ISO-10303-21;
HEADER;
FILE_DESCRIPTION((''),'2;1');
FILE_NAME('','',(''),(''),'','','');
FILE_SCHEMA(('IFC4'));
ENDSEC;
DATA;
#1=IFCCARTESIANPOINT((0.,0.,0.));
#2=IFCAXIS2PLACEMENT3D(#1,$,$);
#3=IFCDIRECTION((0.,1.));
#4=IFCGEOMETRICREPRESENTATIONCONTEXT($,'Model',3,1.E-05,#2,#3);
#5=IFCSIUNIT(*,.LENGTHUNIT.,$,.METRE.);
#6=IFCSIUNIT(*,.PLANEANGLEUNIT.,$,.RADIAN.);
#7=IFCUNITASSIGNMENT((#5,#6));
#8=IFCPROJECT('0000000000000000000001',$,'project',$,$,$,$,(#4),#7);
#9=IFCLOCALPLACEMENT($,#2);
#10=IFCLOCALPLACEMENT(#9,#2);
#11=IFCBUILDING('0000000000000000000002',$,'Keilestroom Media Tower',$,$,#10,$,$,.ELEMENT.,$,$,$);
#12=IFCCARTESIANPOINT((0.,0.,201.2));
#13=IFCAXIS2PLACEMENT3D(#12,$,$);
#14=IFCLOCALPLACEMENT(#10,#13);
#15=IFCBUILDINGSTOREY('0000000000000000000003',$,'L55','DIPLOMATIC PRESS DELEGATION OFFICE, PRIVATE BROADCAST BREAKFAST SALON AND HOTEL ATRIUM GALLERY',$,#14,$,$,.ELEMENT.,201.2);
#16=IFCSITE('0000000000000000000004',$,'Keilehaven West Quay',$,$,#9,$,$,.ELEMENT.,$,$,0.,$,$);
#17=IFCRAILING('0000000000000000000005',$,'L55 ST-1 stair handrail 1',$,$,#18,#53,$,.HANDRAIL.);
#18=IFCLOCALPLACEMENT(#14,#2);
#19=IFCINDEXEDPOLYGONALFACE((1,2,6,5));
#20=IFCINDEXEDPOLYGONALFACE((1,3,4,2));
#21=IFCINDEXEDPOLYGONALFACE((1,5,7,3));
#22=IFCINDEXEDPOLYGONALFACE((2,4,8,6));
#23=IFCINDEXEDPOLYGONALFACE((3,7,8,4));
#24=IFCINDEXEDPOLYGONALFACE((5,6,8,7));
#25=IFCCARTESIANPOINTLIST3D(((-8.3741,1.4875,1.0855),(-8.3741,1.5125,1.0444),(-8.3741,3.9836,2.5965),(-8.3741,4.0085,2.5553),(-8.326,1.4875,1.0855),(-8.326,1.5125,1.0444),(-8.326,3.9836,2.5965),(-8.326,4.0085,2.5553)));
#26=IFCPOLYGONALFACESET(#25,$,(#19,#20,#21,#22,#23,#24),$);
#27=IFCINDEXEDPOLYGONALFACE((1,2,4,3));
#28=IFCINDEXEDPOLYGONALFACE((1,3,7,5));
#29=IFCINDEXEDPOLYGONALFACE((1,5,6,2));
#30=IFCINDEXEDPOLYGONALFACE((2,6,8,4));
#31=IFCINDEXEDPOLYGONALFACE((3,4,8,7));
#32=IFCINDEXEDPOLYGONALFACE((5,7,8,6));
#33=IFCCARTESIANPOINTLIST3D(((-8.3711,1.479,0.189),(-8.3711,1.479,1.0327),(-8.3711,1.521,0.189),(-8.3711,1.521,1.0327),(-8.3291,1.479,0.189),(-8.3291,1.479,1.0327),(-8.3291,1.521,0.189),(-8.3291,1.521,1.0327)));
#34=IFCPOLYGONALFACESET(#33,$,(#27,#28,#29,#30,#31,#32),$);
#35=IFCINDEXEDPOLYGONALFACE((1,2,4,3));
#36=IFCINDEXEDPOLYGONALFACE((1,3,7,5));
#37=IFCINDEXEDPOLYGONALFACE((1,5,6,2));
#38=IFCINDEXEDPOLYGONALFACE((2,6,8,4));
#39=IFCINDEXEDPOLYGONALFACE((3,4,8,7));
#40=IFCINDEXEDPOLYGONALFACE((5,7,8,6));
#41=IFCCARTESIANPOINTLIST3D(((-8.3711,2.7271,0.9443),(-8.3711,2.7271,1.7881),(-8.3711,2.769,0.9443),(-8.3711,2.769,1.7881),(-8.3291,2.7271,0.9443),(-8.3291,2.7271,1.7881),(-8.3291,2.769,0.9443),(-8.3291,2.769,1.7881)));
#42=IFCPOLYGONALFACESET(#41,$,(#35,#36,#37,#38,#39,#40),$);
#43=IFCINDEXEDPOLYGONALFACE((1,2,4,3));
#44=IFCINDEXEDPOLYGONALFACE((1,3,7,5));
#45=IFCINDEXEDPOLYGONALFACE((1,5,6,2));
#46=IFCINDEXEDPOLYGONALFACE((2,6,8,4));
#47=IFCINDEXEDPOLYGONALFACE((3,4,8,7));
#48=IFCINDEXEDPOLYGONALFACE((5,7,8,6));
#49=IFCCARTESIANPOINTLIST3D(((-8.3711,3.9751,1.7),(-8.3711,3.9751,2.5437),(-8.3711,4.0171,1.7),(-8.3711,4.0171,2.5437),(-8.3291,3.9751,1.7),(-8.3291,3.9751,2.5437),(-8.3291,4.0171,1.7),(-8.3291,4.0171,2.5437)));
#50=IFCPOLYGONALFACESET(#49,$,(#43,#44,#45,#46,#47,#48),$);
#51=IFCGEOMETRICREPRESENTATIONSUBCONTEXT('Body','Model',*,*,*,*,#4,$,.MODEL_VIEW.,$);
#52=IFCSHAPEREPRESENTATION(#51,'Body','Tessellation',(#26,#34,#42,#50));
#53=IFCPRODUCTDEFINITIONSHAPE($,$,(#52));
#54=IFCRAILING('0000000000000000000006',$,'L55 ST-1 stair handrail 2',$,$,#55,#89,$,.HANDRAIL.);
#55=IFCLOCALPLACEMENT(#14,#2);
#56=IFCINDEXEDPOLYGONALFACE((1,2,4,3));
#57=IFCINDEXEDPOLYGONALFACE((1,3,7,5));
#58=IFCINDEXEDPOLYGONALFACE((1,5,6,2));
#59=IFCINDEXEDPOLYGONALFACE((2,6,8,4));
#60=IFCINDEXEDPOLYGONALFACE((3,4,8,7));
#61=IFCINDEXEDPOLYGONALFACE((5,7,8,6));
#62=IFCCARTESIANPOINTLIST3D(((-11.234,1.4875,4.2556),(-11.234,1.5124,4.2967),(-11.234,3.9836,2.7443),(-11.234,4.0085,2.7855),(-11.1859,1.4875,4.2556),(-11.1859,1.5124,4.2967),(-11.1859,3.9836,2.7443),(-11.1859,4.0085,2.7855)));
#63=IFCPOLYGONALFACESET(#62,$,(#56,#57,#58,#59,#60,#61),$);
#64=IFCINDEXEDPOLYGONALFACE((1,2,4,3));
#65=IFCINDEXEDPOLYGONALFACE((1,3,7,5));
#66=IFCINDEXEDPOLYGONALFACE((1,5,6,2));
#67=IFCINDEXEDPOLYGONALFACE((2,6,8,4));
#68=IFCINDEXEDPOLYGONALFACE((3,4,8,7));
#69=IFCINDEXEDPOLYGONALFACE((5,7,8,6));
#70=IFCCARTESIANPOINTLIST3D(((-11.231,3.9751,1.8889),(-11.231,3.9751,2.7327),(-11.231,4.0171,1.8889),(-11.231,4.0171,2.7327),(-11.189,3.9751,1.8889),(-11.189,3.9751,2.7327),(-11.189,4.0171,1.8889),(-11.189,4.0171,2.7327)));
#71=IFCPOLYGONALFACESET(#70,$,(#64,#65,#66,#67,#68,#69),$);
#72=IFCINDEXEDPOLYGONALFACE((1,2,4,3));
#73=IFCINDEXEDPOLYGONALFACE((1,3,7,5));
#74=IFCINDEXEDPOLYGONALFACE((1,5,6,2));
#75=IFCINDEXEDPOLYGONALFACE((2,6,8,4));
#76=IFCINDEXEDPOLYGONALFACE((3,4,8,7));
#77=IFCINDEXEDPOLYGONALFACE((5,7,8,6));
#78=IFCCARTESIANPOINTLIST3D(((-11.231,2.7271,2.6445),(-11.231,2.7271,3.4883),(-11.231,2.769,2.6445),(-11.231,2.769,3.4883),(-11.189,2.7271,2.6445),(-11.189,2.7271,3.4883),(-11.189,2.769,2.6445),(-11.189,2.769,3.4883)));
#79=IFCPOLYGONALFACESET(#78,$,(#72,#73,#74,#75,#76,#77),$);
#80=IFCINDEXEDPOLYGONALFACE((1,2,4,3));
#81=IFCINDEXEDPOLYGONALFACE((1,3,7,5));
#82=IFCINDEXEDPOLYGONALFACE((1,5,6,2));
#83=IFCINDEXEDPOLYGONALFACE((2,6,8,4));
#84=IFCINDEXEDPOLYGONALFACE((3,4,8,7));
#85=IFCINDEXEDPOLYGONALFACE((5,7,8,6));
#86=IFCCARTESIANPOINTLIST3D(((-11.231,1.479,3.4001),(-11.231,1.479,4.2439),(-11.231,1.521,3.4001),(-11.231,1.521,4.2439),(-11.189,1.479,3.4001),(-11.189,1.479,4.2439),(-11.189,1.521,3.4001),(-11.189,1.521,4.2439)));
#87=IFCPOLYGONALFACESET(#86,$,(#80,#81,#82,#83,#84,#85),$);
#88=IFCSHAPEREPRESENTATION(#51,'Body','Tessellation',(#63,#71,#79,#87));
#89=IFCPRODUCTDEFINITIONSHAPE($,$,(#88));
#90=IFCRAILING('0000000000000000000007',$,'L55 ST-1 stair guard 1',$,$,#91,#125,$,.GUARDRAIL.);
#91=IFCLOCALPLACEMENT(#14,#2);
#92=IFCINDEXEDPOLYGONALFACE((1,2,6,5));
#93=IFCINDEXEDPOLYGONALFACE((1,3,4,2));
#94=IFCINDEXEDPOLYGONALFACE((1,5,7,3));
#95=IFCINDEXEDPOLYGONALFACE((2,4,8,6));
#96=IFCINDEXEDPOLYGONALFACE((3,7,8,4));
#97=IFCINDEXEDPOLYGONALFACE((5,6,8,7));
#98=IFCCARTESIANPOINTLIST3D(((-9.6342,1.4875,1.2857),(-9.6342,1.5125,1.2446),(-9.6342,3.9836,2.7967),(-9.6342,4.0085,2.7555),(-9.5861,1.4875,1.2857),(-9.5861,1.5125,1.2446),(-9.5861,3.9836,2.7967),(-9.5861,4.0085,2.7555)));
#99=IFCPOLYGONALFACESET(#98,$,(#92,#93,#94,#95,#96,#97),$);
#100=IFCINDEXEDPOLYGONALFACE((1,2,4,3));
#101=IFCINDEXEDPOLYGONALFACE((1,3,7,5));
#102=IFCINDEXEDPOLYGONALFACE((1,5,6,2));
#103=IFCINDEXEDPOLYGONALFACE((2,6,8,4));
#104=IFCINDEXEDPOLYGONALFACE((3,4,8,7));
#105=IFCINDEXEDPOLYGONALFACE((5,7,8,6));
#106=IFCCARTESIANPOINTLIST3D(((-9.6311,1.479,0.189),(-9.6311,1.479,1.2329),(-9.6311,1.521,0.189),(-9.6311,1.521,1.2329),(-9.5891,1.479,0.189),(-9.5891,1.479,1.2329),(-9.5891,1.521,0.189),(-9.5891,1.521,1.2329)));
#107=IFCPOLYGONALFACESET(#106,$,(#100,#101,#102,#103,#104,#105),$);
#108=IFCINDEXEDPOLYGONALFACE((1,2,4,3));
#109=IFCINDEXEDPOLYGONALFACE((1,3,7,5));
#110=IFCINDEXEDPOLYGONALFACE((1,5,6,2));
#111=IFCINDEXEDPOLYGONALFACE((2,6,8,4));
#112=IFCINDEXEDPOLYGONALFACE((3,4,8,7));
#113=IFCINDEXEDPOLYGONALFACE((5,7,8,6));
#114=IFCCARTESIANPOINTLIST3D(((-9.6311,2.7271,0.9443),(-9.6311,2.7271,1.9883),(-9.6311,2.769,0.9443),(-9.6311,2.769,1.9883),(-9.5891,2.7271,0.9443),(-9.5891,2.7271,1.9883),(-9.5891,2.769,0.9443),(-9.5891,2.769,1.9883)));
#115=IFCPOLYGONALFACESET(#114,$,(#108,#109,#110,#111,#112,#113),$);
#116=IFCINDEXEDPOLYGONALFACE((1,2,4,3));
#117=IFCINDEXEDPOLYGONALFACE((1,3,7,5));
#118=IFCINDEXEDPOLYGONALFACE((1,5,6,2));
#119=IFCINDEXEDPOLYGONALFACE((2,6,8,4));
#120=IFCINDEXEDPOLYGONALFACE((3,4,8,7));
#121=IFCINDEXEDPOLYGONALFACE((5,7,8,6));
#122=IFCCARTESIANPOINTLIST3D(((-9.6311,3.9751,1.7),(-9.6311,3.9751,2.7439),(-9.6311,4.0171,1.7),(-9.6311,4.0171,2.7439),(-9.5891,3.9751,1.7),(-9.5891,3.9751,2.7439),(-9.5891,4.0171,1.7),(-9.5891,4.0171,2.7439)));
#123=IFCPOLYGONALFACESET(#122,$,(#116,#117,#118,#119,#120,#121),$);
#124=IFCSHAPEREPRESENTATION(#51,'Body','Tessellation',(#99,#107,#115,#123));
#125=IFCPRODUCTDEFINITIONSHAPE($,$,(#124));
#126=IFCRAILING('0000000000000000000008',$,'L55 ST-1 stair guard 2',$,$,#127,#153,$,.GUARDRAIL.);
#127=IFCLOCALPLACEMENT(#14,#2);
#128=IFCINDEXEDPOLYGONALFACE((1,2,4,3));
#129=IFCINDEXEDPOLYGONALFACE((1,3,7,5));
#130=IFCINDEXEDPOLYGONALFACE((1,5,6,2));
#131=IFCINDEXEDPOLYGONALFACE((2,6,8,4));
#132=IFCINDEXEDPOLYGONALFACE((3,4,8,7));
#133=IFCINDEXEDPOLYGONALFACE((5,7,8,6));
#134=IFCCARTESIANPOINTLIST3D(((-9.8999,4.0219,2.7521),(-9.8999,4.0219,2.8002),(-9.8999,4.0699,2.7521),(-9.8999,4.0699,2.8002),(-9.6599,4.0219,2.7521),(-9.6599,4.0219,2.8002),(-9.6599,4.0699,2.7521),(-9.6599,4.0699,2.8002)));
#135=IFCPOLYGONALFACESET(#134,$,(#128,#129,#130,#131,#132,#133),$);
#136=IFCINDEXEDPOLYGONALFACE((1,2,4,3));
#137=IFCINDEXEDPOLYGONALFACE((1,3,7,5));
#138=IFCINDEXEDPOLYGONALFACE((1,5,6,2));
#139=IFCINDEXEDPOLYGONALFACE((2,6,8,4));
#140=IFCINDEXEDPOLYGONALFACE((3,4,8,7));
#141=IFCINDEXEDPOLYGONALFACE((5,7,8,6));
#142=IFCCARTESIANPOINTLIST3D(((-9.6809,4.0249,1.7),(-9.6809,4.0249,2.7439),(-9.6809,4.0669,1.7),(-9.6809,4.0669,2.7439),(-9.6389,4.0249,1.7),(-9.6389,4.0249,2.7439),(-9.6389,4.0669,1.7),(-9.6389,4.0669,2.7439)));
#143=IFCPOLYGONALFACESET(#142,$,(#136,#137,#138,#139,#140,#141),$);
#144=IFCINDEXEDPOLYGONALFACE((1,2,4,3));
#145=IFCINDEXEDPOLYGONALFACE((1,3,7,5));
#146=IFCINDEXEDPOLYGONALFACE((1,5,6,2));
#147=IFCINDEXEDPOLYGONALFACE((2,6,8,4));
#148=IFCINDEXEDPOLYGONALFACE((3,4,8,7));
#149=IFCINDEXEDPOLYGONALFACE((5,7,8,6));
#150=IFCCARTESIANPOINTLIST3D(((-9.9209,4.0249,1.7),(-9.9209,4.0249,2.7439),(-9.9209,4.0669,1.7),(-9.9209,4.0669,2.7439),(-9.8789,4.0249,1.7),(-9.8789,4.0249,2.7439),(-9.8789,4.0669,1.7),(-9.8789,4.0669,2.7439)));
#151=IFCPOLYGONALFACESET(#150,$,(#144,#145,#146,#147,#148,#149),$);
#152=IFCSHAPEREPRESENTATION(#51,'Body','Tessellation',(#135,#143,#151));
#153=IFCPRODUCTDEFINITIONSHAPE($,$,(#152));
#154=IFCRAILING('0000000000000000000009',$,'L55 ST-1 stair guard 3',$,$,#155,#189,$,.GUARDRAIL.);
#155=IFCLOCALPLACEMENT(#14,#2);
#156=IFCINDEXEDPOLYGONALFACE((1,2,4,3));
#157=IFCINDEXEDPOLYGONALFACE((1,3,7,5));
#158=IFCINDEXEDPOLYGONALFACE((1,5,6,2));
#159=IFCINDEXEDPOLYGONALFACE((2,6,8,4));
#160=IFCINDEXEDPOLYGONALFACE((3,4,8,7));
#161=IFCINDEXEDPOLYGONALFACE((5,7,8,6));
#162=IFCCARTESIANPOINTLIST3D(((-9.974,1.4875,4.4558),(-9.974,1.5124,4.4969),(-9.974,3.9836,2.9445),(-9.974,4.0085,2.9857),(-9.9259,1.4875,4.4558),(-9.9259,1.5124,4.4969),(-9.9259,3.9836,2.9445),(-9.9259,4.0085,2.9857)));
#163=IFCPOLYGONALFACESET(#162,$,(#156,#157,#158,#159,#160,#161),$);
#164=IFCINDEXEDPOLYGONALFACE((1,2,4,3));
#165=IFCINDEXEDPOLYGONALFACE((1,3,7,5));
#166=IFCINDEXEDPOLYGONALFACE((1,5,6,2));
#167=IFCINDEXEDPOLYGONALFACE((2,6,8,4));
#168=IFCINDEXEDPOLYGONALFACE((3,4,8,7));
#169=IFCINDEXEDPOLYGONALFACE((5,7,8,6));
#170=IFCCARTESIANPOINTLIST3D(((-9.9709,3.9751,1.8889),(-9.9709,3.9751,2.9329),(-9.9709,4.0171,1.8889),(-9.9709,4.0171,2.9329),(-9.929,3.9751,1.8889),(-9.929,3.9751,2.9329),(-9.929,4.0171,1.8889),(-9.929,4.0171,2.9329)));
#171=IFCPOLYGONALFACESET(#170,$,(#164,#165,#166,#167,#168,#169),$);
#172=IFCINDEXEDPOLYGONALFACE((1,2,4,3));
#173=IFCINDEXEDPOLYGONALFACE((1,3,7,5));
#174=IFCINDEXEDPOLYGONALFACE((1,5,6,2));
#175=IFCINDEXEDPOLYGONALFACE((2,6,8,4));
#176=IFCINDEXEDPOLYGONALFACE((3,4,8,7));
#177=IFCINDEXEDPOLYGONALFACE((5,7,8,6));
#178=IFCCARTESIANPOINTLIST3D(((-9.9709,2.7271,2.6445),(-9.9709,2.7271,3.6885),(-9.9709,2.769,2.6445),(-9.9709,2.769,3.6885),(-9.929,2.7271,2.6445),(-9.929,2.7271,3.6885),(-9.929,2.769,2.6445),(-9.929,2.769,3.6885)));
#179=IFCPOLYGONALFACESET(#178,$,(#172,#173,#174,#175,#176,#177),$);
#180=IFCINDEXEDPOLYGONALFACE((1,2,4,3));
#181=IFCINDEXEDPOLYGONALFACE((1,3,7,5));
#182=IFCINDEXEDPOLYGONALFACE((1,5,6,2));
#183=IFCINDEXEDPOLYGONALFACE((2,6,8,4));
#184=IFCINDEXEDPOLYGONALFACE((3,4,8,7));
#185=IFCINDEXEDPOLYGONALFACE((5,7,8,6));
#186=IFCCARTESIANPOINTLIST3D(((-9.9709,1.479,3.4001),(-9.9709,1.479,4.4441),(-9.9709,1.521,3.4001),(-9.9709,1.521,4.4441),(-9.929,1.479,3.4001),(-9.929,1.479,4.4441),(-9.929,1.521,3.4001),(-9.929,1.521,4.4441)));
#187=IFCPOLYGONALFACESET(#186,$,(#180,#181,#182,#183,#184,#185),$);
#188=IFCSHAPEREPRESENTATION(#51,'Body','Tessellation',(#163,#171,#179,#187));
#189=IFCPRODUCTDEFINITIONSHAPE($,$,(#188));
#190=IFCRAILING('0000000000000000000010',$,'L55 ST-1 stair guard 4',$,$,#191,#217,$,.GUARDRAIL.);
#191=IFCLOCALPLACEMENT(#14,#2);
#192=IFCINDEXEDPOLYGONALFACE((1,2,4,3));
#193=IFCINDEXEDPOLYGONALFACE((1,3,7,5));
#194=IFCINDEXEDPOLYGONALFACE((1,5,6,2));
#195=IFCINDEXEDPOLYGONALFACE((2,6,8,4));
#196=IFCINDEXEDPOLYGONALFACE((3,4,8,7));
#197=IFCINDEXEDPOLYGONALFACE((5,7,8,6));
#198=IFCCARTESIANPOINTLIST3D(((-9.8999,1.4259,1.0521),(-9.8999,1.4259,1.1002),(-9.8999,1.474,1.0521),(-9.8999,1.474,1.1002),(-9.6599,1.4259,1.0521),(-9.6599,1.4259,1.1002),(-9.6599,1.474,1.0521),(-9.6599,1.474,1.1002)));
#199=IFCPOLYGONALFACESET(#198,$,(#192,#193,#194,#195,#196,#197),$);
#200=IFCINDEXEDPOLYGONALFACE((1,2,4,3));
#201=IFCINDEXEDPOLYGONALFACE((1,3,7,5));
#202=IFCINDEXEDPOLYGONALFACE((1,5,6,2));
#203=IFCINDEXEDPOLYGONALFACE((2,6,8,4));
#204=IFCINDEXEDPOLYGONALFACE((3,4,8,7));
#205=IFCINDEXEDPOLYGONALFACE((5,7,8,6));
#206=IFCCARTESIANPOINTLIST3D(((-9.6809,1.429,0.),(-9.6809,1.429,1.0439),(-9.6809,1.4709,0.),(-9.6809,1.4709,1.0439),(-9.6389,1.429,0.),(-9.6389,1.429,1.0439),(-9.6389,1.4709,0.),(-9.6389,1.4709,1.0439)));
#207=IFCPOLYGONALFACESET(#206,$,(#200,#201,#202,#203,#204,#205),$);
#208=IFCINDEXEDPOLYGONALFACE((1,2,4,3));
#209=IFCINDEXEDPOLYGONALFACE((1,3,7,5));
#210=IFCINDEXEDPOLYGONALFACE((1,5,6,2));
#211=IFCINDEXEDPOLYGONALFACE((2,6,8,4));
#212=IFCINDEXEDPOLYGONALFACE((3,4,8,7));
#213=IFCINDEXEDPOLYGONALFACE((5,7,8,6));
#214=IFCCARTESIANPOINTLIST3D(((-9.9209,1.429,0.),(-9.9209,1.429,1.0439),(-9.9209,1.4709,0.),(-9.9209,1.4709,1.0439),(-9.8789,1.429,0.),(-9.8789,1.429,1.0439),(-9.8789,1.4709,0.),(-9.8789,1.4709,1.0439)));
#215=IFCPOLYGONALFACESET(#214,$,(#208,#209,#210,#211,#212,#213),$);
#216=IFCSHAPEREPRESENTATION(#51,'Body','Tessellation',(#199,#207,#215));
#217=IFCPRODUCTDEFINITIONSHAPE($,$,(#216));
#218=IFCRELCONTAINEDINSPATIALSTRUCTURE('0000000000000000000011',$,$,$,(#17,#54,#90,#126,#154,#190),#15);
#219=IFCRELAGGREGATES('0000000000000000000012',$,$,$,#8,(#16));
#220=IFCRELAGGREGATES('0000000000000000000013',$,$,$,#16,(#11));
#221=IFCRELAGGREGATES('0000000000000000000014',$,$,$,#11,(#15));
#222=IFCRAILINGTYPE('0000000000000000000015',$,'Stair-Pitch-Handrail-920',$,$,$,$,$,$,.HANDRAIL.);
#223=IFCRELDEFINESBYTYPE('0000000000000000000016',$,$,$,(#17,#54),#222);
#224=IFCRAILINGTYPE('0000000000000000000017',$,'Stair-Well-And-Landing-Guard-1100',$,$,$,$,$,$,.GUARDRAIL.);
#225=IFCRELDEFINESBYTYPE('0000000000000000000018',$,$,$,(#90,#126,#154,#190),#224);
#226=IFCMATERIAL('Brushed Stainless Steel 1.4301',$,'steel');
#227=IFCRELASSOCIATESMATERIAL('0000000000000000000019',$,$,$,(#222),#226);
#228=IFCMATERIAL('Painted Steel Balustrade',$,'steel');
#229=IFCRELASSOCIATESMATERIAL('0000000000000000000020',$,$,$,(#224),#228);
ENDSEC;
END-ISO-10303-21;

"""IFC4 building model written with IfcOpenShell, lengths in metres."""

from ifc_helpers import new_model, si_unit, direction, frame, origin, origin_2d, place, context, subcontext, project, spatial, rectangle, extrude, material, type_object, element, save


model = new_model("IFC4")

# Units and contexts
model_context = context("Model", 3, precision=1e-05, world=origin(), true_north=direction((0.0, 1.0)))
body_context = subcontext(model_context, "Body", "Model", "MODEL_VIEW")
ifc_project = project(units=[si_unit("LENGTHUNIT", "METRE"), si_unit("PLANEANGLEUNIT", "RADIAN")], contexts=[model_context])

# Site, building, storey
site_placement = place(None, origin())
site = spatial("IfcSite", under=ifc_project, at=site_placement, Name="Keilehaven West Quay", CompositionType="ELEMENT", RefElevation=0.0)
building_placement = place(site_placement, origin())
building = spatial("IfcBuilding", under=site, at=building_placement, Name="Keilestroom Media Tower", CompositionType="ELEMENT")
storey_placement = place(building_placement, frame((0.0, 0.0, 201.2)))
storey = spatial("IfcBuildingStorey", under=building, at=storey_placement, Name="L55", Description="DIPLOMATIC PRESS DELEGATION OFFICE, PRIVATE BROADCAST BREAKFAST SALON AND HOTEL ATRIUM GALLERY", CompositionType="ELEMENT", Elevation=201.2)

# Railings
ifc_material_1 = material(Name="Brushed Stainless Steel 1.4301", Category="steel")
railing_type_1 = type_object("IfcRailingType", Name="Stair-Pitch-Handrail-920", PredefinedType="HANDRAIL", material=ifc_material_1)
railing_1_placement = place(storey_placement, frame((-8.3501, 1.5, 0.189)))
element("IfcRailing", 1, at=railing_1_placement, inside=storey, type_object=railing_type_1, Name="L55 ST-1 stair handrail 1", PredefinedType="HANDRAIL", context=body_context, shape_type="SweptSolid", body=[
    extrude(rectangle(XDim=0.0481, YDim=0.0481, at=origin_2d()), frame((0.0, 0.0, 0.876), z_axis=(0.0, 0.855471, 0.517851), x_axis=(-1.0, 0.0, 0.0)), (0.0, 0.0, 1.0), 2.9177),
    extrude(rectangle(XDim=0.042, YDim=0.042, at=origin_2d()), origin(), (0.0, 0.0, 1.0), 0.8438),
    extrude(rectangle(XDim=0.042, YDim=0.042, at=origin_2d()), frame((0.0, 1.248, 0.7554)), (0.0, 0.0, 1.0), 0.8438),
    extrude(rectangle(XDim=0.042, YDim=0.042, at=origin_2d()), frame((0.0, 2.4961, 1.511)), (0.0, 0.0, 1.0), 0.8438),
])
railing_2_placement = place(storey_placement, frame((-11.21, 3.9961, 1.8889)))
element("IfcRailing", 2, at=railing_2_placement, inside=storey, type_object=railing_type_1, Name="L55 ST-1 stair handrail 2", PredefinedType="HANDRAIL", context=body_context, shape_type="SweptSolid", body=[
    extrude(rectangle(XDim=0.0481, YDim=0.0481, at=origin_2d()), frame((0.0, 0.0, 0.876), z_axis=(0.0, -0.855434, 0.517912), x_axis=(1.0, 0.0, 0.0)), (0.0, 0.0, 1.0), 2.918),
    extrude(rectangle(XDim=0.042, YDim=0.042, at=origin_2d()), origin(), (0.0, 0.0, 1.0), 0.8438),
    extrude(rectangle(XDim=0.042, YDim=0.042, at=origin_2d()), frame((0.0, -1.248, 0.7556)), (0.0, 0.0, 1.0), 0.8438),
    extrude(rectangle(XDim=0.042, YDim=0.042, at=origin_2d()), frame((0.0, -2.4961, 1.5112)), (0.0, 0.0, 1.0), 0.8438),
])
ifc_material_2 = material(Name="Painted Steel Balustrade", Category="steel")
railing_type_2 = type_object("IfcRailingType", Name="Stair-Well-And-Landing-Guard-1100", PredefinedType="GUARDRAIL", material=ifc_material_2)
railing_3_placement = place(storey_placement, frame((-9.6101, 1.5, 0.189)))
element("IfcRailing", 3, at=railing_3_placement, inside=storey, type_object=railing_type_2, Name="L55 ST-1 stair guard 1", PredefinedType="GUARDRAIL", context=body_context, shape_type="SweptSolid", body=[
    extrude(rectangle(XDim=0.0481, YDim=0.0481, at=origin_2d()), frame((0.0, 0.0, 1.0762), z_axis=(0.0, 0.855471, 0.517851), x_axis=(-1.0, 0.0, 0.0)), (0.0, 0.0, 1.0), 2.9177),
    extrude(rectangle(XDim=0.042, YDim=0.042, at=origin_2d()), origin(), (0.0, 0.0, 1.0), 1.0439),
    extrude(rectangle(XDim=0.042, YDim=0.042, at=origin_2d()), frame((0.0, 1.248, 0.7554)), (0.0, 0.0, 1.0), 1.0439),
    extrude(rectangle(XDim=0.042, YDim=0.042, at=origin_2d()), frame((0.0, 2.4961, 1.511)), (0.0, 0.0, 1.0), 1.0439),
])
railing_4_placement = place(storey_placement, frame((-9.6599, 4.0459, 1.7)))
element("IfcRailing", 4, at=railing_4_placement, inside=storey, type_object=railing_type_2, Name="L55 ST-1 stair guard 2", PredefinedType="GUARDRAIL", context=body_context, shape_type="SweptSolid", body=[
    extrude(rectangle(XDim=0.0481, YDim=0.0481, at=origin_2d()), frame((0.0, 0.0, 1.0762), z_axis=(-1.0, 0.0, 0.0), x_axis=(0.0, -1.0, 0.0)), (0.0, 0.0, 1.0), 0.24),
    extrude(rectangle(XDim=0.042, YDim=0.042, at=origin_2d()), origin(), (0.0, 0.0, 1.0), 1.0439),
    extrude(rectangle(XDim=0.042, YDim=0.042, at=origin_2d()), frame((-0.24, 0.0, 0.0)), (0.0, 0.0, 1.0), 1.0439),
])
railing_5_placement = place(storey_placement, frame((-9.95, 3.9961, 1.8889)))
element("IfcRailing", 5, at=railing_5_placement, inside=storey, type_object=railing_type_2, Name="L55 ST-1 stair guard 3", PredefinedType="GUARDRAIL", context=body_context, shape_type="SweptSolid", body=[
    extrude(rectangle(XDim=0.0481, YDim=0.0481, at=origin_2d()), frame((0.0, 0.0, 1.0762), z_axis=(0.0, -0.855434, 0.517912), x_axis=(1.0, 0.0, 0.0)), (0.0, 0.0, 1.0), 2.918),
    extrude(rectangle(XDim=0.042, YDim=0.042, at=origin_2d()), origin(), (0.0, 0.0, 1.0), 1.0439),
    extrude(rectangle(XDim=0.042, YDim=0.042, at=origin_2d()), frame((0.0, -1.248, 0.7556)), (0.0, 0.0, 1.0), 1.0439),
    extrude(rectangle(XDim=0.042, YDim=0.042, at=origin_2d()), frame((0.0, -2.4961, 1.5112)), (0.0, 0.0, 1.0), 1.0439),
])
railing_6_placement = place(storey_placement, frame((-9.6599, 1.45, 0.0)))
element("IfcRailing", 6, at=railing_6_placement, inside=storey, type_object=railing_type_2, Name="L55 ST-1 stair guard 4", PredefinedType="GUARDRAIL", context=body_context, shape_type="SweptSolid", body=[
    extrude(rectangle(XDim=0.0481, YDim=0.0481, at=origin_2d()), frame((0.0, 0.0, 1.0762), z_axis=(-1.0, 0.0, 0.0), x_axis=(0.0, -1.0, 0.0)), (0.0, 0.0, 1.0), 0.24),
    extrude(rectangle(XDim=0.042, YDim=0.042, at=origin_2d()), origin(), (0.0, 0.0, 1.0), 1.0439),
    extrude(rectangle(XDim=0.042, YDim=0.042, at=origin_2d()), frame((-0.24, 0.0, 0.0)), (0.0, 0.0, 1.0), 1.0439),
])

save(model, "model.ifc")
